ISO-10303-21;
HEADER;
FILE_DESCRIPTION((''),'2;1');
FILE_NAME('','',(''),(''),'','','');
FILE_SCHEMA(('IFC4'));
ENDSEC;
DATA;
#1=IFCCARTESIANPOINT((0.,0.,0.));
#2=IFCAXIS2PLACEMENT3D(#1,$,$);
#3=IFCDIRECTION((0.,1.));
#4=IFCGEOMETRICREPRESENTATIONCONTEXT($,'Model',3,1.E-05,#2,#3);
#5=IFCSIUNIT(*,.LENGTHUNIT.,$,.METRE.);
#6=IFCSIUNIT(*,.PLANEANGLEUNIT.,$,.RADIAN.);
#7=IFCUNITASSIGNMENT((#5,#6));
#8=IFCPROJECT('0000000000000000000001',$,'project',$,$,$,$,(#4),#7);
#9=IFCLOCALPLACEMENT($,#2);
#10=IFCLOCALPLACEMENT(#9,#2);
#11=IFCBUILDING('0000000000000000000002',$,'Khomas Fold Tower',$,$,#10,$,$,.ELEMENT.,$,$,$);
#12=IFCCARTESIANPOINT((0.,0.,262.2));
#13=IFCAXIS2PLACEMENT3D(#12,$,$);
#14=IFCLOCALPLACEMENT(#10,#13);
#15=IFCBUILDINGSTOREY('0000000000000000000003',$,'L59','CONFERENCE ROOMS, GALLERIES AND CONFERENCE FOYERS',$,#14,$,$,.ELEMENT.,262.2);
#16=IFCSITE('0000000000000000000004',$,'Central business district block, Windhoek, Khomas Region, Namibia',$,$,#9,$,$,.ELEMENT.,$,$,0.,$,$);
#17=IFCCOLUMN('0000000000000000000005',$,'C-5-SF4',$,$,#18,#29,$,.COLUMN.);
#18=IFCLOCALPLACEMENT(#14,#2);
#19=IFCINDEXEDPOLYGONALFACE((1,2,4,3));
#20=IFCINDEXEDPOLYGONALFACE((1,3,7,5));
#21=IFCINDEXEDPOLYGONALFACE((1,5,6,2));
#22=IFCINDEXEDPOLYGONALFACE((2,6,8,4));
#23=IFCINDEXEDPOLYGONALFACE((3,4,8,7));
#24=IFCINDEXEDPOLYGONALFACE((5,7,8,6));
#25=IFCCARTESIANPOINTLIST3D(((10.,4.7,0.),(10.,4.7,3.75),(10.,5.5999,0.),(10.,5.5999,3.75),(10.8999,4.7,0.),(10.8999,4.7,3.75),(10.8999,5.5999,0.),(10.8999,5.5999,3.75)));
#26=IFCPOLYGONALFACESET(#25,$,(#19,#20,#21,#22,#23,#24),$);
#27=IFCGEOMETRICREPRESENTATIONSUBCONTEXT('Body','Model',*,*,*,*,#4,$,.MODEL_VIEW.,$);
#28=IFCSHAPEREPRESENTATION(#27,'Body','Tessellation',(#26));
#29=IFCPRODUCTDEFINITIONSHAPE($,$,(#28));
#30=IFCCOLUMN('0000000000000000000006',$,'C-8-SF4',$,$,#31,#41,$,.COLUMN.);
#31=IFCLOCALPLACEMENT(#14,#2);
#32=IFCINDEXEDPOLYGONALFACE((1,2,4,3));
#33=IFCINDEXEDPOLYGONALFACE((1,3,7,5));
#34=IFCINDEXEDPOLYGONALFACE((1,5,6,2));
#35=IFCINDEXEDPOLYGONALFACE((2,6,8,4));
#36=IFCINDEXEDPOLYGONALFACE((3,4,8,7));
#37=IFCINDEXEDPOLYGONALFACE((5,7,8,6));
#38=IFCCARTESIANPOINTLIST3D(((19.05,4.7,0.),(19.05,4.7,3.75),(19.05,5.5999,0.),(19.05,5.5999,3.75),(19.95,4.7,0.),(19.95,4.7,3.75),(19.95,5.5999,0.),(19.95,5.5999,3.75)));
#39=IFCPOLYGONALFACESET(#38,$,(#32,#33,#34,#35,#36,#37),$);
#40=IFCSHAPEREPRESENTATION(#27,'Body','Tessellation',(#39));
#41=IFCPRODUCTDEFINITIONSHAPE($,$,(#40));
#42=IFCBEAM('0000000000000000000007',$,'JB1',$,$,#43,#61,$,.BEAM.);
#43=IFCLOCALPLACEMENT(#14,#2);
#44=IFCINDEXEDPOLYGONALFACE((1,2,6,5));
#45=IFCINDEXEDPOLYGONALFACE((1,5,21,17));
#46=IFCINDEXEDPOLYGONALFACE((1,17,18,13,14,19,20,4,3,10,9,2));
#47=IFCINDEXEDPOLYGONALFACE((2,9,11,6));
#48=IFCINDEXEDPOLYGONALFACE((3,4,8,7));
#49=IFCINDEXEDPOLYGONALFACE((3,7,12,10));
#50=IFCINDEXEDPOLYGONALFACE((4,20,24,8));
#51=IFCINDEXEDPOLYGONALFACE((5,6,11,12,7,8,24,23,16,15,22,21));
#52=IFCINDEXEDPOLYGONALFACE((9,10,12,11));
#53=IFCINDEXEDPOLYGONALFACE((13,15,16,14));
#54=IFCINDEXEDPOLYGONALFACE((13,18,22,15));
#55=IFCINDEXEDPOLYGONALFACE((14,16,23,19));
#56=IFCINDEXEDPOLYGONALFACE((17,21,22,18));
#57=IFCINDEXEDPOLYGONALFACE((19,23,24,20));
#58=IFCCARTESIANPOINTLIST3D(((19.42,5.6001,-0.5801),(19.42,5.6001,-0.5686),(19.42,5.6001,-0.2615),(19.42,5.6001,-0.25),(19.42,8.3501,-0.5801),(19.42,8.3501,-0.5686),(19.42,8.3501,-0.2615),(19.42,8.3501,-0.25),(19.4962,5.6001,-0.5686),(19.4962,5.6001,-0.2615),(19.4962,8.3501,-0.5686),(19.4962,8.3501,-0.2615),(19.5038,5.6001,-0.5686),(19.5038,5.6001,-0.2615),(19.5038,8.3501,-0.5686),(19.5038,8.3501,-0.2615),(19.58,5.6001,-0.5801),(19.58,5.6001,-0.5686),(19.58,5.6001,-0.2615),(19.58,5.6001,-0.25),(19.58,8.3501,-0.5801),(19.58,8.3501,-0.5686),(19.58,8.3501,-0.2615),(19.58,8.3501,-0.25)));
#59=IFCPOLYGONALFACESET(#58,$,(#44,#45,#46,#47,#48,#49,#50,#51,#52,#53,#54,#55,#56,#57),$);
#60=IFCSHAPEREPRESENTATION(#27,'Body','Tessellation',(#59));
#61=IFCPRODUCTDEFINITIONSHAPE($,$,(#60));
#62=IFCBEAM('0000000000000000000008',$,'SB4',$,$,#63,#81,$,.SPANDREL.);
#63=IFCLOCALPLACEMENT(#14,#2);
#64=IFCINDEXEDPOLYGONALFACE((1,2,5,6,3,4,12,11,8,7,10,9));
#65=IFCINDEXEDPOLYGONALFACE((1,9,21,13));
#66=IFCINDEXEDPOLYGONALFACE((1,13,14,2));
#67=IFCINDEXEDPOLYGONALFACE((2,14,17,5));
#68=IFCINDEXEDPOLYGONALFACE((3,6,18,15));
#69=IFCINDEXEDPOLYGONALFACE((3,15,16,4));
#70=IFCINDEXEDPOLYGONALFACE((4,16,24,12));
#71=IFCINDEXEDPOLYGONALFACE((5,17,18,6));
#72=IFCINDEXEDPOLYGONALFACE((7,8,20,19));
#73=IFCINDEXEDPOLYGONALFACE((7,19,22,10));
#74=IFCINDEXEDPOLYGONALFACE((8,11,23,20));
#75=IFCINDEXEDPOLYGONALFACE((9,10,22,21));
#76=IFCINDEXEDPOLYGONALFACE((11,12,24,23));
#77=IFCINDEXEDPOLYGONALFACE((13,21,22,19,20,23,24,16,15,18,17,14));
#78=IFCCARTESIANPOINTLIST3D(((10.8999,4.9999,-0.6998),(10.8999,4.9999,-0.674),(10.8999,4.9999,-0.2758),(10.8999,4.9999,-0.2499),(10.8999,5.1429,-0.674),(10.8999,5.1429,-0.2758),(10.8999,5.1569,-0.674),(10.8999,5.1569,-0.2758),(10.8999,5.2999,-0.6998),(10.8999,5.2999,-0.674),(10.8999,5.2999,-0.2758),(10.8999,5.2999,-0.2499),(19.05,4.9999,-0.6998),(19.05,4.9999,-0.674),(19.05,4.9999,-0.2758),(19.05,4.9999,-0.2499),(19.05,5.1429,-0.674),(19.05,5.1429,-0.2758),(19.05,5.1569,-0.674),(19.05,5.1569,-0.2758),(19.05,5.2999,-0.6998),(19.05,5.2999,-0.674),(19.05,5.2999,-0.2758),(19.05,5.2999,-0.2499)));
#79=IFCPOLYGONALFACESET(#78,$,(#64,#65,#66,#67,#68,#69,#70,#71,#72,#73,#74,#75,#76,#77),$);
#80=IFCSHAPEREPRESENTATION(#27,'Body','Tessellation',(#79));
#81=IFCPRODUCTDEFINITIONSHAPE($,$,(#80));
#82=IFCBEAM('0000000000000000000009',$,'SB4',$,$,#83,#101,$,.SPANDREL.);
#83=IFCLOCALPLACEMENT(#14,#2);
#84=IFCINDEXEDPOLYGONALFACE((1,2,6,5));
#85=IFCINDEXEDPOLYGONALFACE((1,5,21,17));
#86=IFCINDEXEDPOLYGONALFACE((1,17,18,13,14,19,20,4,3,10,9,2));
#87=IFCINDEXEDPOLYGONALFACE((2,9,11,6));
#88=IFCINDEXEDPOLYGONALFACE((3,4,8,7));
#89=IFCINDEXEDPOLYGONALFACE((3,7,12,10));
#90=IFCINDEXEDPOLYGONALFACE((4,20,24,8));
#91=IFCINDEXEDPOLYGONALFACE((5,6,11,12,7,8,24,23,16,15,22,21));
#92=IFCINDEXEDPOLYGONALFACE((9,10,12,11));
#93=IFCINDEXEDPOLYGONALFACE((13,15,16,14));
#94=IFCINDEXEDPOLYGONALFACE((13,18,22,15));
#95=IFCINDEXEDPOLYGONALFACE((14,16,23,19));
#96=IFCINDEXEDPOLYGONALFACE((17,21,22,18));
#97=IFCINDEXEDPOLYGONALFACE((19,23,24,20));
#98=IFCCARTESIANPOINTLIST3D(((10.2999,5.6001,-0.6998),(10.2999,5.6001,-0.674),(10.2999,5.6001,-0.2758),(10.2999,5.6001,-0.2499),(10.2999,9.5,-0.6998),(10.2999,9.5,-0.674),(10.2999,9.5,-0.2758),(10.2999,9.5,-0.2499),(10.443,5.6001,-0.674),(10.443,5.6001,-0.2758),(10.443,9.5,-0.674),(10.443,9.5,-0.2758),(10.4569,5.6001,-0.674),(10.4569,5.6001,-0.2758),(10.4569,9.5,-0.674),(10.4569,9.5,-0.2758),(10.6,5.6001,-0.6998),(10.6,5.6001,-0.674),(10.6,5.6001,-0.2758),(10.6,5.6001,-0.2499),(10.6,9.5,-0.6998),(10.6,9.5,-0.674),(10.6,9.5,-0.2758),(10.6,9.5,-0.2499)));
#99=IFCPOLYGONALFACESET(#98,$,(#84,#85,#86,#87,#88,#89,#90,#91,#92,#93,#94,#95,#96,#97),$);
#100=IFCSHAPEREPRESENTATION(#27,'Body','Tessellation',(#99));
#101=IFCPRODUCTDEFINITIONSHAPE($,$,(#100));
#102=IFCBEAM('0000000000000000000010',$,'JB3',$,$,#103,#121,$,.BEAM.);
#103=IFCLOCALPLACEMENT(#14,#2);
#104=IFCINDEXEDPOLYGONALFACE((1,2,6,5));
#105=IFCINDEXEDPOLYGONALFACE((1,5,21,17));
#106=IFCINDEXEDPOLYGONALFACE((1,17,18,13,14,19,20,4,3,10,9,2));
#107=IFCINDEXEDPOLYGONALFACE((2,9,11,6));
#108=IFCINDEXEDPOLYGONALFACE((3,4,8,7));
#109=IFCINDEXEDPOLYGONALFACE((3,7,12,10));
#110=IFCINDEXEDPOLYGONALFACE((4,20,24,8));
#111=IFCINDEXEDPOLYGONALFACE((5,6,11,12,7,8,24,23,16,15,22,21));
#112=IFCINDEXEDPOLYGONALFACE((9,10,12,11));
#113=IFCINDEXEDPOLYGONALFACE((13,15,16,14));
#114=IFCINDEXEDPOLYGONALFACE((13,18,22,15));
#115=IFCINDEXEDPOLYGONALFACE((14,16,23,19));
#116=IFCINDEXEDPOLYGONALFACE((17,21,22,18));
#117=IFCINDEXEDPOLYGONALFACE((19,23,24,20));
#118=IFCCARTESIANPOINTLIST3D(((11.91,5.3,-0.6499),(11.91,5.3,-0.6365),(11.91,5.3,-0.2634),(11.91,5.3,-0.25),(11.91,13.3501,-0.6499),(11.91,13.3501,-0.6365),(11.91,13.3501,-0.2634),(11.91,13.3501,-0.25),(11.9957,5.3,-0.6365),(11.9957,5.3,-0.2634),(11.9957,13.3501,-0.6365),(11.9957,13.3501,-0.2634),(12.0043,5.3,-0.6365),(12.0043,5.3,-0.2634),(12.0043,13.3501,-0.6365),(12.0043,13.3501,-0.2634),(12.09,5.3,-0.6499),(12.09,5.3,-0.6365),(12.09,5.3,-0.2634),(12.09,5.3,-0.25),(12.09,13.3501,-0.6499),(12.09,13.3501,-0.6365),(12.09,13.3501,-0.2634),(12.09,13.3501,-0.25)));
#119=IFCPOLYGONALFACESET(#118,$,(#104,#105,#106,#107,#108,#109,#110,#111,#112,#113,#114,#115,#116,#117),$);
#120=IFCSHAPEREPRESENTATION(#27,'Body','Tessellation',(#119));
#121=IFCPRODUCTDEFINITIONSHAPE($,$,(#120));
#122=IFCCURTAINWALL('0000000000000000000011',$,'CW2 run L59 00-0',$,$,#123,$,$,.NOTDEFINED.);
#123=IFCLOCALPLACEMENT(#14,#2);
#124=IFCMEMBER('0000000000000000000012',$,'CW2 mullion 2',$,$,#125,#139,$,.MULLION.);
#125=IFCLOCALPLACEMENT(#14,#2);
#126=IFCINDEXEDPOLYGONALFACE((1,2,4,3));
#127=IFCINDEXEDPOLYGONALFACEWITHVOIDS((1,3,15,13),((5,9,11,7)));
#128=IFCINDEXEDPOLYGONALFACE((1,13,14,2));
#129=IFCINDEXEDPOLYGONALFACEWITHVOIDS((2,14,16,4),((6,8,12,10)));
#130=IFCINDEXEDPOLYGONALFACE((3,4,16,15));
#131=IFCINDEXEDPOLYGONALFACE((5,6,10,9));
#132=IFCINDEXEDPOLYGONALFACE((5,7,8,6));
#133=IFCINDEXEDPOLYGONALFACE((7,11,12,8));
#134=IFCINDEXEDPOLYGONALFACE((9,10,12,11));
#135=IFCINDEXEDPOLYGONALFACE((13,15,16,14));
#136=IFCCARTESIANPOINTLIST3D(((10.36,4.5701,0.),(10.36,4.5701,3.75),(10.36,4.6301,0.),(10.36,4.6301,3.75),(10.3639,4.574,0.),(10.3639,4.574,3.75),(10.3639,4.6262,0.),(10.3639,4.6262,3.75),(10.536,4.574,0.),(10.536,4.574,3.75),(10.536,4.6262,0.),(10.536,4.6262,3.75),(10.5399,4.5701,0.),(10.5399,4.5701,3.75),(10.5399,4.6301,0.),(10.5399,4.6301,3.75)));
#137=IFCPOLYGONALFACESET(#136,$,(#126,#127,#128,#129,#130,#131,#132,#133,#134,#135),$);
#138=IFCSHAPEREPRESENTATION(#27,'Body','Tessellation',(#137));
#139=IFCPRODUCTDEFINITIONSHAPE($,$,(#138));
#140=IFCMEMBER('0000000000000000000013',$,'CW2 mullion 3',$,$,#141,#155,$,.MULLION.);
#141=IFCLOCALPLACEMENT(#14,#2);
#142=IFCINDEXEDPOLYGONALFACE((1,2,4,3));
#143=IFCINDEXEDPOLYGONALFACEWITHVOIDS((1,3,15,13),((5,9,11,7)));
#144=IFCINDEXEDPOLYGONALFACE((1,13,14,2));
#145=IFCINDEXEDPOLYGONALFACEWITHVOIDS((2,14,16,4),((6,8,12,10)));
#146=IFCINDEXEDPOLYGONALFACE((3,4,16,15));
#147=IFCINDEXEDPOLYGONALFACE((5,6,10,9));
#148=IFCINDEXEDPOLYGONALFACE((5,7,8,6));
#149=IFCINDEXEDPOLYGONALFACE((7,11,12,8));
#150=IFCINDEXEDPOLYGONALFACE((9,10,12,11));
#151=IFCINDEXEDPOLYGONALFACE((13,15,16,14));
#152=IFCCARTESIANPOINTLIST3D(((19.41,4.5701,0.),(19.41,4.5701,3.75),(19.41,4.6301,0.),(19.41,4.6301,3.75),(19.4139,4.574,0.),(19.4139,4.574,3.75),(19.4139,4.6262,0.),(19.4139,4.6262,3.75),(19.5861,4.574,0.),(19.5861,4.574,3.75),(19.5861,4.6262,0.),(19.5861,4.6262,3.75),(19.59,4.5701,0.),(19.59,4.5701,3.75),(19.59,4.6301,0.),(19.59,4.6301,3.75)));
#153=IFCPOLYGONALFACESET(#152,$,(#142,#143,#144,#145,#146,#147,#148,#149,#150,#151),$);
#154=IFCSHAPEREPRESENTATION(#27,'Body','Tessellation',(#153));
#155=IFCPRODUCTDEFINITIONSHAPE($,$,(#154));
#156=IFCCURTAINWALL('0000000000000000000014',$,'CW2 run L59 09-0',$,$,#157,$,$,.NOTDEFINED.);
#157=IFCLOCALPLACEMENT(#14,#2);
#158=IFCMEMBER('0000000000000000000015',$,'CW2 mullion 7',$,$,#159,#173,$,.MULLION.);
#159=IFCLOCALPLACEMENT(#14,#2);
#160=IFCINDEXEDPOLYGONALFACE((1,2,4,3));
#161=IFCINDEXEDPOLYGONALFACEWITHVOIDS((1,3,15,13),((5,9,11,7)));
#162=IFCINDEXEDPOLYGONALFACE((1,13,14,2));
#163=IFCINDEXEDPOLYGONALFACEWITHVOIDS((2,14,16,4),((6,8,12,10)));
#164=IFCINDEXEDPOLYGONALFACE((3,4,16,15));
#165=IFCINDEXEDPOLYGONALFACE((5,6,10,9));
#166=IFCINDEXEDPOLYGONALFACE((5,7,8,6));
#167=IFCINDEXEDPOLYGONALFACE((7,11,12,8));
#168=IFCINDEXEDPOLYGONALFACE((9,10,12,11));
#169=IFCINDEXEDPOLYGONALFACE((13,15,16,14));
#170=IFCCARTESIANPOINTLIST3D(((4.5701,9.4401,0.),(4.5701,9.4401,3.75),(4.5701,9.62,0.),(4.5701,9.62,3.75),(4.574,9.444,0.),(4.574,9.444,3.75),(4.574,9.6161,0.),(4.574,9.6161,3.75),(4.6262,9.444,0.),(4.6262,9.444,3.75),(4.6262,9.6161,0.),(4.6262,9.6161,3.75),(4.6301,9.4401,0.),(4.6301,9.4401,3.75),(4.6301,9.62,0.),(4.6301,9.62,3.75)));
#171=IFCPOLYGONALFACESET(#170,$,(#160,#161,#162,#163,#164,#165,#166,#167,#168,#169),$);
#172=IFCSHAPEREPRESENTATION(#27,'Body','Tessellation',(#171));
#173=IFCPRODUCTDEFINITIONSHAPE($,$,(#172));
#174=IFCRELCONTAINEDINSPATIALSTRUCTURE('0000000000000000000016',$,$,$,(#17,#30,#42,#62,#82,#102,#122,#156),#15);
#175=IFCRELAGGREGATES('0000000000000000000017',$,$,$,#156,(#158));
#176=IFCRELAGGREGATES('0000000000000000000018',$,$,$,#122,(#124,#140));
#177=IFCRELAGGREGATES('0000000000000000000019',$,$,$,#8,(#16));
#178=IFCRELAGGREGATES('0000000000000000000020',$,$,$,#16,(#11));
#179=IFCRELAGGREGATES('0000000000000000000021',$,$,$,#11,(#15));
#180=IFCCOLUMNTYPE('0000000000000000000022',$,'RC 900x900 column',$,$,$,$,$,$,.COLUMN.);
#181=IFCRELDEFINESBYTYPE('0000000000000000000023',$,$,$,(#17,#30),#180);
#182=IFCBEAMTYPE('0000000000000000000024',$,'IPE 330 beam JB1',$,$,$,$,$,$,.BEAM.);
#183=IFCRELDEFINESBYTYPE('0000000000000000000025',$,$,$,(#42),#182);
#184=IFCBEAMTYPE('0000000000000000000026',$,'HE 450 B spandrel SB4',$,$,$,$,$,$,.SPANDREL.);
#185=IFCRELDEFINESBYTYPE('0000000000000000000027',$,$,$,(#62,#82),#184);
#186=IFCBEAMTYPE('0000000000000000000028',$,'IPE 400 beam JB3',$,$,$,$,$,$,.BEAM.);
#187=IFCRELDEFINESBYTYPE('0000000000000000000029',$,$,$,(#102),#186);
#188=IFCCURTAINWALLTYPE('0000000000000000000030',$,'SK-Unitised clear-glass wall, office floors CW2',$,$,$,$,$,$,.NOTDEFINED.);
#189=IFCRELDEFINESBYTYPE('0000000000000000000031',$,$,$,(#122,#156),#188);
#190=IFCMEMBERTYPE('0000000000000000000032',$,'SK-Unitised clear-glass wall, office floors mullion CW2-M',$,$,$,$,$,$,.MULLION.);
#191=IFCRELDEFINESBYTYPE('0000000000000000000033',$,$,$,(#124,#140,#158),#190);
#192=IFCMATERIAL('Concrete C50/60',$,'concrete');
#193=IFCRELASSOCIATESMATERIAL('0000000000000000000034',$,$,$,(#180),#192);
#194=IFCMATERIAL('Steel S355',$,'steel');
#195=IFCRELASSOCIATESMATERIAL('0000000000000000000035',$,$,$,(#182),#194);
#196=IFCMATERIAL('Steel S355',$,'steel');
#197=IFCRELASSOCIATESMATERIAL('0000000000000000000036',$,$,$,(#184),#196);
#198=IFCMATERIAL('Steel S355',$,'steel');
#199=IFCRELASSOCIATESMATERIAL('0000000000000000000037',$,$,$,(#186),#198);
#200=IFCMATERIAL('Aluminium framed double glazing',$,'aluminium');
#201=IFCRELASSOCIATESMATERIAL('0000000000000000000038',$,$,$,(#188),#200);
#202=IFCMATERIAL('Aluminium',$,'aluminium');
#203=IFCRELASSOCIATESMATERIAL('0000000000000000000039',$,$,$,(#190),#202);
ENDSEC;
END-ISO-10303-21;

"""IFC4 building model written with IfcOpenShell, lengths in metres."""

from ifc_helpers import new_model, si_unit, direction, frame, origin, origin_2d, place, context, subcontext, project, spatial, rectangle, hollow_rectangle, i_section, extrude, source, transform, mapped, material, material_profile, profile_set, type_object, element, aggregate, save


model = new_model("IFC4")

# Units and contexts
model_context = context("Model", 3, precision=1e-05, world=origin(), true_north=direction((0.0, 1.0)))
body_context = subcontext(model_context, "Body", "Model", "MODEL_VIEW")
ifc_project = project(units=[si_unit("LENGTHUNIT", "METRE"), si_unit("PLANEANGLEUNIT", "RADIAN")], contexts=[model_context])

# Site, building, storey
site_placement = place(None, origin())
site = spatial("IfcSite", under=ifc_project, at=site_placement, Name="Central business district block, Windhoek, Khomas Region, Namibia", CompositionType="ELEMENT", RefElevation=0.0)
building_placement = place(site_placement, origin())
building = spatial("IfcBuilding", under=site, at=building_placement, Name="Khomas Fold Tower", CompositionType="ELEMENT")
storey_placement = place(building_placement, frame((0.0, 0.0, 262.2)))
storey = spatial("IfcBuildingStorey", under=building, at=storey_placement, Name="L59", Description="CONFERENCE ROOMS, GALLERIES AND CONFERENCE FOYERS", CompositionType="ELEMENT", Elevation=262.2)

# Columns
ifc_material_1 = material(Name="Concrete C50/60", Category="concrete")
ifc_material_profile_1 = material_profile(ifc_material_1, rectangle(XDim=0.8999, YDim=0.8999, at=origin_2d()), Name="RC 900x900")
ifc_profile_set_1 = profile_set([ifc_material_profile_1], Name="Concrete C50/60")
column_type = type_object("IfcColumnType", Name="RC 900x900 column", PredefinedType="COLUMN", material=ifc_profile_set_1)
shared_shape_1 = source(origin(), body_context, "Body", "SweptSolid", [
    extrude(rectangle(XDim=0.8999, YDim=0.8999, at=origin_2d()), origin(), (0.0, 0.0, 1.0), 3.75),
])
for number, where, z_axis, x_axis, name in (
    (1, (10.45, 5.1499, 0.0), (0.0, 0.0, 1.0), (1.0, 0.0, 0.0), "C-5-SF4"),
    (2, (19.5, 5.1499, 0.0), (0.0, 0.0, 1.0), (1.0, 0.0, 0.0), "C-8-SF4"),
):
    element("IfcColumn", number, at=place(storey_placement, frame(where, z_axis=z_axis, x_axis=x_axis)), inside=storey, type_object=column_type, Name=name, PredefinedType="COLUMN", context=body_context, shape_type="MappedRepresentation", body=[
        mapped(shared_shape_1, transform((0.0, 0.0, 0.0))),
    ])

# Beams
ifc_material_2 = material(Name="Steel S355", Category="steel")
ifc_material_profile_2 = material_profile(ifc_material_2, i_section(OverallWidth=0.1599, OverallDepth=0.3301, WebThickness=0.0076, FlangeThickness=0.0115, at=origin_2d()), Name="IPE 330")
ifc_profile_set_2 = profile_set([ifc_material_profile_2], Name="Steel S355")
beam_type_1 = type_object("IfcBeamType", Name="IPE 330 beam JB1", PredefinedType="BEAM", material=ifc_profile_set_2)
shared_shape_2 = source(origin(), body_context, "Body", "SweptSolid", [
    extrude(i_section(OverallWidth=0.1599, OverallDepth=0.3301, WebThickness=0.0076, FlangeThickness=0.0115, at=origin_2d()), origin(), (0.0, 0.0, 1.0), 2.75),
])
beam_1_placement = place(storey_placement, frame((19.5, 5.6001, -0.415), z_axis=(0.0, 1.0, 0.0), x_axis=(-1.0, 0.0, 0.0)))
element("IfcBeam", 3, at=beam_1_placement, inside=storey, type_object=beam_type_1, Name="JB1", PredefinedType="BEAM", context=body_context, shape_type="MappedRepresentation", body=[
    mapped(shared_shape_2, transform((0.0, 0.0, 0.0))),
])
ifc_material_3 = material(Name="Steel S355", Category="steel")
ifc_material_profile_3 = material_profile(ifc_material_3, i_section(OverallWidth=0.3, OverallDepth=0.45, WebThickness=0.0139, FlangeThickness=0.0259, at=origin_2d()), Name="HE 450 B")
ifc_profile_set_3 = profile_set([ifc_material_profile_3], Name="Steel S355")
beam_type_2 = type_object("IfcBeamType", Name="HE 450 B spandrel SB4", PredefinedType="SPANDREL", material=ifc_profile_set_3)
shared_shape_3 = source(origin(), body_context, "Body", "SweptSolid", [
    extrude(i_section(OverallWidth=0.3, OverallDepth=0.45, WebThickness=0.0139, FlangeThickness=0.0259, at=origin_2d()), origin(), (0.0, 0.0, 1.0), 8.1501),
])
beam_2_placement = place(storey_placement, frame((10.8999, 5.1499, -0.4749), z_axis=(1.0, 0.0, 0.0), x_axis=(0.0, 1.0, 0.0)))
element("IfcBeam", 4, at=beam_2_placement, inside=storey, type_object=beam_type_2, Name="SB4", PredefinedType="SPANDREL", context=body_context, shape_type="MappedRepresentation", body=[
    mapped(shared_shape_3, transform((0.0, 0.0, 0.0))),
])
shared_shape_4 = source(origin(), body_context, "Body", "SweptSolid", [
    extrude(i_section(OverallWidth=0.3, OverallDepth=0.45, WebThickness=0.0139, FlangeThickness=0.0259, at=origin_2d()), origin(), (0.0, 0.0, 1.0), 3.8999),
])
beam_3_placement = place(storey_placement, frame((10.45, 5.6001, -0.4749), z_axis=(0.0, 1.0, 0.0), x_axis=(-1.0, 0.0, 0.0)))
element("IfcBeam", 5, at=beam_3_placement, inside=storey, type_object=beam_type_2, Name="SB4", PredefinedType="SPANDREL", context=body_context, shape_type="MappedRepresentation", body=[
    mapped(shared_shape_4, transform((0.0, 0.0, 0.0))),
])
ifc_material_4 = material(Name="Steel S355", Category="steel")
ifc_material_profile_4 = material_profile(ifc_material_4, i_section(OverallWidth=0.1799, OverallDepth=0.3999, WebThickness=0.0085, FlangeThickness=0.0134, at=origin_2d()), Name="IPE 400")
ifc_profile_set_4 = profile_set([ifc_material_profile_4], Name="Steel S355")
beam_type_3 = type_object("IfcBeamType", Name="IPE 400 beam JB3", PredefinedType="BEAM", material=ifc_profile_set_4)
shared_shape_5 = source(origin(), body_context, "Body", "SweptSolid", [
    extrude(i_section(OverallWidth=0.1799, OverallDepth=0.3999, WebThickness=0.0085, FlangeThickness=0.0134, at=origin_2d()), origin(), (0.0, 0.0, 1.0), 8.05),
])
beam_4_placement = place(storey_placement, frame((12.0, 5.3, -0.45), z_axis=(0.0, 1.0, 0.0), x_axis=(-1.0, 0.0, 0.0)))
element("IfcBeam", 6, at=beam_4_placement, inside=storey, type_object=beam_type_3, Name="JB3", PredefinedType="BEAM", context=body_context, shape_type="MappedRepresentation", body=[
    mapped(shared_shape_5, transform((0.0, 0.0, 0.0))),
])

# Curtain wall, members
ifc_material_5 = material(Name="Aluminium framed double glazing", Category="aluminium")
curtain_wall_type = type_object("IfcCurtainWallType", Name="SK-Unitised clear-glass wall, office floors CW2", PredefinedType="NOTDEFINED", material=ifc_material_5)
curtain_wall_1_placement = place(storey_placement, origin())
curtain_wall_1 = element("IfcCurtainWall", 7, at=curtain_wall_1_placement, inside=storey, type_object=curtain_wall_type, Name="CW2 run L59 00-0", PredefinedType="NOTDEFINED")
ifc_material_6 = material(Name="Aluminium", Category="aluminium")
ifc_material_profile_5 = material_profile(ifc_material_6, hollow_rectangle(XDim=0.0601, YDim=0.1799, WallThickness=0.0039, at=origin_2d()), Name="SK-Unitised clear-glass wall, office floors mullion CW2-M")
ifc_profile_set_5 = profile_set([ifc_material_profile_5], Name="Aluminium")
member_type_1 = type_object("IfcMemberType", Name="SK-Unitised clear-glass wall, office floors mullion CW2-M", PredefinedType="MULLION", material=ifc_profile_set_5)
shared_shape_6 = source(origin(), body_context, "Body", "SweptSolid", [
    extrude(hollow_rectangle(XDim=0.0601, YDim=0.1799, WallThickness=0.0039, at=origin_2d()), origin(), (0.0, 0.0, 1.0), 3.75),
])
member_1_placement = place(storey_placement, frame((10.45, 4.6001, 0.0), z_axis=(0.0, 0.0, 1.0), x_axis=(0.0, 1.0, 0.0)))
member_1 = element("IfcMember", 8, at=member_1_placement, type_object=member_type_1, Name="CW2 mullion 2", PredefinedType="MULLION", context=body_context, shape_type="MappedRepresentation", body=[
    mapped(shared_shape_6, transform((0.0, 0.0, 0.0))),
])
member_2_placement = place(storey_placement, frame((19.5, 4.6001, 0.0), z_axis=(0.0, 0.0, 1.0), x_axis=(0.0, 1.0, 0.0)))
member_2 = element("IfcMember", 9, at=member_2_placement, type_object=member_type_1, Name="CW2 mullion 3", PredefinedType="MULLION", context=body_context, shape_type="MappedRepresentation", body=[
    mapped(shared_shape_6, transform((0.0, 0.0, 0.0))),
])

# Curtain wall, member
curtain_wall_2_placement = place(storey_placement, origin())
curtain_wall_2 = element("IfcCurtainWall", 10, at=curtain_wall_2_placement, inside=storey, type_object=curtain_wall_type, Name="CW2 run L59 09-0", PredefinedType="NOTDEFINED")
member_3_placement = place(storey_placement, frame((4.6001, 9.53, 0.0), z_axis=(0.0, 0.0, 1.0), x_axis=(1.0, 0.0, 0.0)))
member_3 = element("IfcMember", 11, at=member_3_placement, type_object=member_type_1, Name="CW2 mullion 7", PredefinedType="MULLION", context=body_context, shape_type="MappedRepresentation", body=[
    mapped(shared_shape_6, transform((0.0, 0.0, 0.0))),
])

aggregate(curtain_wall_2, [member_3])
aggregate(curtain_wall_1, [member_1, member_2])

save(model, "model.ifc")
